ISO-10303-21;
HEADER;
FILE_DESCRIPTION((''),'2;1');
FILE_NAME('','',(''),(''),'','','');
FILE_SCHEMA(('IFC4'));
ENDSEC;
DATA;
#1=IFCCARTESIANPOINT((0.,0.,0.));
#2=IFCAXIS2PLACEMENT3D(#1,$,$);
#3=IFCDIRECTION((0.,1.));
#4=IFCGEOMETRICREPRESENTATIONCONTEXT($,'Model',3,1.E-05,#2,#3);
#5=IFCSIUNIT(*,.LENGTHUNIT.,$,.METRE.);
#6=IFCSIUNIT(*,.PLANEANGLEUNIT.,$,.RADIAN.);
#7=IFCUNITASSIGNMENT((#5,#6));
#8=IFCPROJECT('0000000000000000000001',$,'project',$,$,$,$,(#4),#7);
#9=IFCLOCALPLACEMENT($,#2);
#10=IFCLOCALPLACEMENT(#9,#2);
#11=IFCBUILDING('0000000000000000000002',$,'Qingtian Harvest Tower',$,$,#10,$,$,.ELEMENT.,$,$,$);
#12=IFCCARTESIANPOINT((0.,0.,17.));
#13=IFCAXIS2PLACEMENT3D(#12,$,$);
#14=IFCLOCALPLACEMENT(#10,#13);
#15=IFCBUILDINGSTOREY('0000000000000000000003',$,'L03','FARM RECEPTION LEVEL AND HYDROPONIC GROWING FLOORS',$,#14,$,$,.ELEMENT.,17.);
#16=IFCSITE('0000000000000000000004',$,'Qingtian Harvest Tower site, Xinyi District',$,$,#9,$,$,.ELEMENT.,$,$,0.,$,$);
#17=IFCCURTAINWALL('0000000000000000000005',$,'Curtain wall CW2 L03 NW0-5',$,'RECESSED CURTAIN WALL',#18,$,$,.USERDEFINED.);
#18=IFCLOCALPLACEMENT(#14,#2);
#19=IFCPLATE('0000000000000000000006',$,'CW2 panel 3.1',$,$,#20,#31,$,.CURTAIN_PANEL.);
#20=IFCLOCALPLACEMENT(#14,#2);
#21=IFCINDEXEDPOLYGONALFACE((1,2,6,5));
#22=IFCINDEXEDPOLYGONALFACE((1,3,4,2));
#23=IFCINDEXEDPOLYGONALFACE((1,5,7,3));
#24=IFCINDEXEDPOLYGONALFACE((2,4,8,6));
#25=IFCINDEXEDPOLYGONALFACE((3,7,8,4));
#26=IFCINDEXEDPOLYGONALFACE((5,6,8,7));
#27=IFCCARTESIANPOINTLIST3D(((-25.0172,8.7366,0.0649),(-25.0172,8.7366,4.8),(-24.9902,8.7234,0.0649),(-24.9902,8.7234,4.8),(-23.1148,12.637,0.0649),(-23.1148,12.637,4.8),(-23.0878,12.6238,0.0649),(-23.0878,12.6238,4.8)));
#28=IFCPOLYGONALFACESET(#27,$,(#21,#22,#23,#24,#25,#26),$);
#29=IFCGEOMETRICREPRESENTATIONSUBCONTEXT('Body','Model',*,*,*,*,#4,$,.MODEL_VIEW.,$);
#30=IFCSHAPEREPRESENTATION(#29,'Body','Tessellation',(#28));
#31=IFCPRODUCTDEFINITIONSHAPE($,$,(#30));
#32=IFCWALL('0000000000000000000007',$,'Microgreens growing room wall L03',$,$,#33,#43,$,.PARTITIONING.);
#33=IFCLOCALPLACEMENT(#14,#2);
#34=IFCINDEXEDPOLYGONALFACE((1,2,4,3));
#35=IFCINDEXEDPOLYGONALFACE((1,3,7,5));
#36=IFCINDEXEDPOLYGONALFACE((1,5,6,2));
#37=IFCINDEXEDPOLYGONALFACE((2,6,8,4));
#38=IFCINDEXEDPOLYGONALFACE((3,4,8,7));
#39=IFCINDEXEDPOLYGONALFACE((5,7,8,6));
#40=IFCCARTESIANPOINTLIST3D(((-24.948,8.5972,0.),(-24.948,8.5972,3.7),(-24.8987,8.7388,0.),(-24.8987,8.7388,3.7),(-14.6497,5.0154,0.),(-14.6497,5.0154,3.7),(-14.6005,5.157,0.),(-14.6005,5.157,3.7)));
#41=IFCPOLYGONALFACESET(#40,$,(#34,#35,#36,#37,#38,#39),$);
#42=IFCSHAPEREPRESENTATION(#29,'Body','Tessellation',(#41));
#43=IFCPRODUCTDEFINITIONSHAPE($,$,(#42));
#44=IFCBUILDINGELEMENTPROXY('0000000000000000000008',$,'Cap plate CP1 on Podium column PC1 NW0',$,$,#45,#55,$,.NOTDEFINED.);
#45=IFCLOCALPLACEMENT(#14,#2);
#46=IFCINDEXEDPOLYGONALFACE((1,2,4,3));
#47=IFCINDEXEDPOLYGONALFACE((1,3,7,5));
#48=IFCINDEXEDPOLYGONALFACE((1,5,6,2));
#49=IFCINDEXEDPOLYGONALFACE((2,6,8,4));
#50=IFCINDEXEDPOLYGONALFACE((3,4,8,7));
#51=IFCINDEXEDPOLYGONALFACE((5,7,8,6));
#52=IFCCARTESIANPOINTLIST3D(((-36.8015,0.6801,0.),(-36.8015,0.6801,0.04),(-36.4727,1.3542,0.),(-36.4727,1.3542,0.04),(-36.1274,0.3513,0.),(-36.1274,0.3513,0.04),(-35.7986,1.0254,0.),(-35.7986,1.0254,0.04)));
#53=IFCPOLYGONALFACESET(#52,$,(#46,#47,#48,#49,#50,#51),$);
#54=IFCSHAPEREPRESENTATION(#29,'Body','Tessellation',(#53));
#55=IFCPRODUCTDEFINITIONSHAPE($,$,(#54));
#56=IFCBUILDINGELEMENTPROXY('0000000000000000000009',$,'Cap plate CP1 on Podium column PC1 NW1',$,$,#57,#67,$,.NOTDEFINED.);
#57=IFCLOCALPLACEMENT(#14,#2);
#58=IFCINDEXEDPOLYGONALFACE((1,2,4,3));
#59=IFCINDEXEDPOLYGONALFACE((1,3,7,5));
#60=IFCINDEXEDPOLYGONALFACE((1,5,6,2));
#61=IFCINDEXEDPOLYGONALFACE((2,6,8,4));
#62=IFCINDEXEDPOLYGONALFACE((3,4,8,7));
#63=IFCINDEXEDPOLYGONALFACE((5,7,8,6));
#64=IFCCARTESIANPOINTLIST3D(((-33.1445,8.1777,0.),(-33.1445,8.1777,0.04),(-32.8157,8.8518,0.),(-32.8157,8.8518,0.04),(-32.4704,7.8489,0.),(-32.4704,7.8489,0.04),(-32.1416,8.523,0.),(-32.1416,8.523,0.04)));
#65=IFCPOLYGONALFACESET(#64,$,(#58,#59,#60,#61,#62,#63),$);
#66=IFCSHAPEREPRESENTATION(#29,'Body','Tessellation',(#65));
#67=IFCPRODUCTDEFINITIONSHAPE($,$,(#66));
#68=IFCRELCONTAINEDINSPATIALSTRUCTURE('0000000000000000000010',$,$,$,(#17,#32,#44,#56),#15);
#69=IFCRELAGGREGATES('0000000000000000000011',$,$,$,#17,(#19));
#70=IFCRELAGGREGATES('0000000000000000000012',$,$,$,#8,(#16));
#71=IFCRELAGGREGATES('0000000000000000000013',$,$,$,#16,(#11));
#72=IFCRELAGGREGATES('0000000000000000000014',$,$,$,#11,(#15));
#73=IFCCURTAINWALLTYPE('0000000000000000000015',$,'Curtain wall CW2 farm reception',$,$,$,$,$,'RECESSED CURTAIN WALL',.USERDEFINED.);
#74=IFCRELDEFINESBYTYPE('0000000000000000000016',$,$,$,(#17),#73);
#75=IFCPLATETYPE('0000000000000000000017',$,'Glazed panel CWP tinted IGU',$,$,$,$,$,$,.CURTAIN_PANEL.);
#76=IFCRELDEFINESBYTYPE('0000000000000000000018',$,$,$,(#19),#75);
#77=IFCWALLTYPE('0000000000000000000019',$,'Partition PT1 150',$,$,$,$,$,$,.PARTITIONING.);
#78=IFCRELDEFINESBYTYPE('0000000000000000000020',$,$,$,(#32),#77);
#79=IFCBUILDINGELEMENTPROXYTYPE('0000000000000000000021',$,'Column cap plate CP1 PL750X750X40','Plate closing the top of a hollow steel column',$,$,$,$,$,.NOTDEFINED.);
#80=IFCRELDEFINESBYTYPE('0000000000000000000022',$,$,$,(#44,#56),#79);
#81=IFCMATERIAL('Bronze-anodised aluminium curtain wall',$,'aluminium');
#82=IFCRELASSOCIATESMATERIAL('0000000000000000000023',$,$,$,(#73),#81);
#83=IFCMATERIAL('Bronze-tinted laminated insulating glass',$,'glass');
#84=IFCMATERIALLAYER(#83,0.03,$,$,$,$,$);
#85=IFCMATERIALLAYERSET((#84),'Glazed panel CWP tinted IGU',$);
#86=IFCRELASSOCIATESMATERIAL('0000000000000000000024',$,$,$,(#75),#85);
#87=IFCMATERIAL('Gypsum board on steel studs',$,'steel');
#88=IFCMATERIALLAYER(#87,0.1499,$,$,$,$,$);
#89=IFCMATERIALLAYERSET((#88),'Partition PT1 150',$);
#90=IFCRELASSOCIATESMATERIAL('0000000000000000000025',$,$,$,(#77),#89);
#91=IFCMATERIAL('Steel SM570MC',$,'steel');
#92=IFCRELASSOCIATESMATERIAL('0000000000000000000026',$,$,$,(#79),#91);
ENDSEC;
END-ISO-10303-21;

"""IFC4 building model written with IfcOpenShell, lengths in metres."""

from ifc_helpers import new_model, si_unit, direction, frame, frame_2d, origin, origin_2d, place, context, subcontext, project, spatial, rectangle, extrude, material, layer, layer_set, material_profile, profile_set, type_object, element, aggregate, save


model = new_model("IFC4")

# Units and contexts
model_context = context("Model", 3, precision=1e-05, world=origin(), true_north=direction((0.0, 1.0)))
body_context = subcontext(model_context, "Body", "Model", "MODEL_VIEW")
ifc_project = project(units=[si_unit("LENGTHUNIT", "METRE"), si_unit("PLANEANGLEUNIT", "RADIAN")], contexts=[model_context])

# Site, building, storey
site_placement = place(None, origin())
site = spatial("IfcSite", under=ifc_project, at=site_placement, Name="Qingtian Harvest Tower site, Xinyi District", CompositionType="ELEMENT", RefElevation=0.0)
building_placement = place(site_placement, origin())
building = spatial("IfcBuilding", under=site, at=building_placement, Name="Qingtian Harvest Tower", CompositionType="ELEMENT")
storey_placement = place(building_placement, frame((0.0, 0.0, 17.0)))
storey = spatial("IfcBuildingStorey", under=building, at=storey_placement, Name="L03", Description="FARM RECEPTION LEVEL AND HYDROPONIC GROWING FLOORS", CompositionType="ELEMENT", Elevation=17.0)

# Shared definitions
ifc_material_1 = material(Name="Bronze-anodised aluminium curtain wall", Category="aluminium")
curtain_wall_type = type_object("IfcCurtainWallType", Name="Curtain wall CW2 farm reception", ElementType="RECESSED CURTAIN WALL", PredefinedType="USERDEFINED", material=ifc_material_1)

# Curtain wall
curtain_wall_1_placement = place(storey_placement, origin())
curtain_wall_1 = element("IfcCurtainWall", 1, at=curtain_wall_1_placement, inside=storey, type_object=curtain_wall_type, Name="Curtain wall CW2 L03 NW0-5", ObjectType="RECESSED CURTAIN WALL", PredefinedType="USERDEFINED")

# Plate
ifc_material_2 = material(Name="Bronze-tinted laminated insulating glass", Category="glass")
ifc_layer_1 = layer(ifc_material_2, 0.03)
ifc_layer_set_1 = layer_set([ifc_layer_1], Name="Glazed panel CWP tinted IGU")
plate_type = type_object("IfcPlateType", Name="Glazed panel CWP tinted IGU", PredefinedType="CURTAIN_PANEL", material=ifc_layer_set_1)
plate_1_placement = place(storey_placement, frame((-24.0525, 10.6802, 0.0649), z_axis=(0.0, 0.0, 1.0), x_axis=(0.438371, 0.898794, 0.0)))
plate_1 = element("IfcPlate", 2, at=plate_1_placement, type_object=plate_type, Name="CW2 panel 3.1", PredefinedType="CURTAIN_PANEL", context=body_context, shape_type="SweptSolid", body=[
    extrude(rectangle(XDim=4.3396, YDim=0.03, at=origin_2d()), origin(), (0.0, 0.0, 1.0), 4.7351),
])
aggregate(curtain_wall_1, [plate_1])

# Wall
ifc_material_3 = material(Name="Gypsum board on steel studs", Category="steel")
ifc_layer_2 = layer(ifc_material_3, 0.1499)
ifc_layer_set_2 = layer_set([ifc_layer_2], Name="Partition PT1 150")
wall_type = type_object("IfcWallType", Name="Partition PT1 150", PredefinedType="PARTITIONING", material=ifc_layer_set_2)
wall_placement = place(storey_placement, frame((-24.9233, 8.668, 0.0), z_axis=(0.0, 0.0, 1.0), x_axis=(0.944504, -0.328501, 0.0)))
element("IfcWall", 3, at=wall_placement, inside=storey, type_object=wall_type, Name="Microgreens growing room wall L03", PredefinedType="PARTITIONING", context=body_context, shape_type="SweptSolid", body=[
    extrude(rectangle(XDim=10.9033, YDim=0.1499, at=frame_2d((5.4517, 0.0))), origin(), (0.0, 0.0, 1.0), 3.7),
])

# Building element proxies
ifc_material_4 = material(Name="Steel SM570MC", Category="steel")
ifc_material_profile_1 = material_profile(ifc_material_4, rectangle(XDim=0.75, YDim=0.75, at=origin_2d()), Name="PL750X750X40")
ifc_profile_set_1 = profile_set([ifc_material_profile_1], Name="Steel SM570MC")
building_element_proxy_type = type_object("IfcBuildingElementProxyType", Name="Column cap plate CP1 PL750X750X40", Description="Plate closing the top of a hollow steel column", PredefinedType="NOTDEFINED", material=ifc_profile_set_1)
for number, where, z_axis, x_axis, name in (
    (4, (-36.3, 0.8528, 0.0), (0.0, 0.0, 1.0), (-0.438371, -0.898794, 0.0), "Cap plate CP1 on Podium column PC1 NW0"),
    (5, (-32.6431, 8.3503, 0.0), (0.0, 0.0, 1.0), (-0.438371, -0.898794, 0.0), "Cap plate CP1 on Podium column PC1 NW1"),
):
    element("IfcBuildingElementProxy", number, at=place(storey_placement, frame(where, z_axis=z_axis, x_axis=x_axis)), inside=storey, type_object=building_element_proxy_type, Name=name, PredefinedType="NOTDEFINED", context=body_context, shape_type="SweptSolid", body=[
        extrude(rectangle(XDim=0.75, YDim=0.75, at=origin_2d()), origin(), (0.0, 0.0, 1.0), 0.04),
    ])

save(model, "model.ifc")
